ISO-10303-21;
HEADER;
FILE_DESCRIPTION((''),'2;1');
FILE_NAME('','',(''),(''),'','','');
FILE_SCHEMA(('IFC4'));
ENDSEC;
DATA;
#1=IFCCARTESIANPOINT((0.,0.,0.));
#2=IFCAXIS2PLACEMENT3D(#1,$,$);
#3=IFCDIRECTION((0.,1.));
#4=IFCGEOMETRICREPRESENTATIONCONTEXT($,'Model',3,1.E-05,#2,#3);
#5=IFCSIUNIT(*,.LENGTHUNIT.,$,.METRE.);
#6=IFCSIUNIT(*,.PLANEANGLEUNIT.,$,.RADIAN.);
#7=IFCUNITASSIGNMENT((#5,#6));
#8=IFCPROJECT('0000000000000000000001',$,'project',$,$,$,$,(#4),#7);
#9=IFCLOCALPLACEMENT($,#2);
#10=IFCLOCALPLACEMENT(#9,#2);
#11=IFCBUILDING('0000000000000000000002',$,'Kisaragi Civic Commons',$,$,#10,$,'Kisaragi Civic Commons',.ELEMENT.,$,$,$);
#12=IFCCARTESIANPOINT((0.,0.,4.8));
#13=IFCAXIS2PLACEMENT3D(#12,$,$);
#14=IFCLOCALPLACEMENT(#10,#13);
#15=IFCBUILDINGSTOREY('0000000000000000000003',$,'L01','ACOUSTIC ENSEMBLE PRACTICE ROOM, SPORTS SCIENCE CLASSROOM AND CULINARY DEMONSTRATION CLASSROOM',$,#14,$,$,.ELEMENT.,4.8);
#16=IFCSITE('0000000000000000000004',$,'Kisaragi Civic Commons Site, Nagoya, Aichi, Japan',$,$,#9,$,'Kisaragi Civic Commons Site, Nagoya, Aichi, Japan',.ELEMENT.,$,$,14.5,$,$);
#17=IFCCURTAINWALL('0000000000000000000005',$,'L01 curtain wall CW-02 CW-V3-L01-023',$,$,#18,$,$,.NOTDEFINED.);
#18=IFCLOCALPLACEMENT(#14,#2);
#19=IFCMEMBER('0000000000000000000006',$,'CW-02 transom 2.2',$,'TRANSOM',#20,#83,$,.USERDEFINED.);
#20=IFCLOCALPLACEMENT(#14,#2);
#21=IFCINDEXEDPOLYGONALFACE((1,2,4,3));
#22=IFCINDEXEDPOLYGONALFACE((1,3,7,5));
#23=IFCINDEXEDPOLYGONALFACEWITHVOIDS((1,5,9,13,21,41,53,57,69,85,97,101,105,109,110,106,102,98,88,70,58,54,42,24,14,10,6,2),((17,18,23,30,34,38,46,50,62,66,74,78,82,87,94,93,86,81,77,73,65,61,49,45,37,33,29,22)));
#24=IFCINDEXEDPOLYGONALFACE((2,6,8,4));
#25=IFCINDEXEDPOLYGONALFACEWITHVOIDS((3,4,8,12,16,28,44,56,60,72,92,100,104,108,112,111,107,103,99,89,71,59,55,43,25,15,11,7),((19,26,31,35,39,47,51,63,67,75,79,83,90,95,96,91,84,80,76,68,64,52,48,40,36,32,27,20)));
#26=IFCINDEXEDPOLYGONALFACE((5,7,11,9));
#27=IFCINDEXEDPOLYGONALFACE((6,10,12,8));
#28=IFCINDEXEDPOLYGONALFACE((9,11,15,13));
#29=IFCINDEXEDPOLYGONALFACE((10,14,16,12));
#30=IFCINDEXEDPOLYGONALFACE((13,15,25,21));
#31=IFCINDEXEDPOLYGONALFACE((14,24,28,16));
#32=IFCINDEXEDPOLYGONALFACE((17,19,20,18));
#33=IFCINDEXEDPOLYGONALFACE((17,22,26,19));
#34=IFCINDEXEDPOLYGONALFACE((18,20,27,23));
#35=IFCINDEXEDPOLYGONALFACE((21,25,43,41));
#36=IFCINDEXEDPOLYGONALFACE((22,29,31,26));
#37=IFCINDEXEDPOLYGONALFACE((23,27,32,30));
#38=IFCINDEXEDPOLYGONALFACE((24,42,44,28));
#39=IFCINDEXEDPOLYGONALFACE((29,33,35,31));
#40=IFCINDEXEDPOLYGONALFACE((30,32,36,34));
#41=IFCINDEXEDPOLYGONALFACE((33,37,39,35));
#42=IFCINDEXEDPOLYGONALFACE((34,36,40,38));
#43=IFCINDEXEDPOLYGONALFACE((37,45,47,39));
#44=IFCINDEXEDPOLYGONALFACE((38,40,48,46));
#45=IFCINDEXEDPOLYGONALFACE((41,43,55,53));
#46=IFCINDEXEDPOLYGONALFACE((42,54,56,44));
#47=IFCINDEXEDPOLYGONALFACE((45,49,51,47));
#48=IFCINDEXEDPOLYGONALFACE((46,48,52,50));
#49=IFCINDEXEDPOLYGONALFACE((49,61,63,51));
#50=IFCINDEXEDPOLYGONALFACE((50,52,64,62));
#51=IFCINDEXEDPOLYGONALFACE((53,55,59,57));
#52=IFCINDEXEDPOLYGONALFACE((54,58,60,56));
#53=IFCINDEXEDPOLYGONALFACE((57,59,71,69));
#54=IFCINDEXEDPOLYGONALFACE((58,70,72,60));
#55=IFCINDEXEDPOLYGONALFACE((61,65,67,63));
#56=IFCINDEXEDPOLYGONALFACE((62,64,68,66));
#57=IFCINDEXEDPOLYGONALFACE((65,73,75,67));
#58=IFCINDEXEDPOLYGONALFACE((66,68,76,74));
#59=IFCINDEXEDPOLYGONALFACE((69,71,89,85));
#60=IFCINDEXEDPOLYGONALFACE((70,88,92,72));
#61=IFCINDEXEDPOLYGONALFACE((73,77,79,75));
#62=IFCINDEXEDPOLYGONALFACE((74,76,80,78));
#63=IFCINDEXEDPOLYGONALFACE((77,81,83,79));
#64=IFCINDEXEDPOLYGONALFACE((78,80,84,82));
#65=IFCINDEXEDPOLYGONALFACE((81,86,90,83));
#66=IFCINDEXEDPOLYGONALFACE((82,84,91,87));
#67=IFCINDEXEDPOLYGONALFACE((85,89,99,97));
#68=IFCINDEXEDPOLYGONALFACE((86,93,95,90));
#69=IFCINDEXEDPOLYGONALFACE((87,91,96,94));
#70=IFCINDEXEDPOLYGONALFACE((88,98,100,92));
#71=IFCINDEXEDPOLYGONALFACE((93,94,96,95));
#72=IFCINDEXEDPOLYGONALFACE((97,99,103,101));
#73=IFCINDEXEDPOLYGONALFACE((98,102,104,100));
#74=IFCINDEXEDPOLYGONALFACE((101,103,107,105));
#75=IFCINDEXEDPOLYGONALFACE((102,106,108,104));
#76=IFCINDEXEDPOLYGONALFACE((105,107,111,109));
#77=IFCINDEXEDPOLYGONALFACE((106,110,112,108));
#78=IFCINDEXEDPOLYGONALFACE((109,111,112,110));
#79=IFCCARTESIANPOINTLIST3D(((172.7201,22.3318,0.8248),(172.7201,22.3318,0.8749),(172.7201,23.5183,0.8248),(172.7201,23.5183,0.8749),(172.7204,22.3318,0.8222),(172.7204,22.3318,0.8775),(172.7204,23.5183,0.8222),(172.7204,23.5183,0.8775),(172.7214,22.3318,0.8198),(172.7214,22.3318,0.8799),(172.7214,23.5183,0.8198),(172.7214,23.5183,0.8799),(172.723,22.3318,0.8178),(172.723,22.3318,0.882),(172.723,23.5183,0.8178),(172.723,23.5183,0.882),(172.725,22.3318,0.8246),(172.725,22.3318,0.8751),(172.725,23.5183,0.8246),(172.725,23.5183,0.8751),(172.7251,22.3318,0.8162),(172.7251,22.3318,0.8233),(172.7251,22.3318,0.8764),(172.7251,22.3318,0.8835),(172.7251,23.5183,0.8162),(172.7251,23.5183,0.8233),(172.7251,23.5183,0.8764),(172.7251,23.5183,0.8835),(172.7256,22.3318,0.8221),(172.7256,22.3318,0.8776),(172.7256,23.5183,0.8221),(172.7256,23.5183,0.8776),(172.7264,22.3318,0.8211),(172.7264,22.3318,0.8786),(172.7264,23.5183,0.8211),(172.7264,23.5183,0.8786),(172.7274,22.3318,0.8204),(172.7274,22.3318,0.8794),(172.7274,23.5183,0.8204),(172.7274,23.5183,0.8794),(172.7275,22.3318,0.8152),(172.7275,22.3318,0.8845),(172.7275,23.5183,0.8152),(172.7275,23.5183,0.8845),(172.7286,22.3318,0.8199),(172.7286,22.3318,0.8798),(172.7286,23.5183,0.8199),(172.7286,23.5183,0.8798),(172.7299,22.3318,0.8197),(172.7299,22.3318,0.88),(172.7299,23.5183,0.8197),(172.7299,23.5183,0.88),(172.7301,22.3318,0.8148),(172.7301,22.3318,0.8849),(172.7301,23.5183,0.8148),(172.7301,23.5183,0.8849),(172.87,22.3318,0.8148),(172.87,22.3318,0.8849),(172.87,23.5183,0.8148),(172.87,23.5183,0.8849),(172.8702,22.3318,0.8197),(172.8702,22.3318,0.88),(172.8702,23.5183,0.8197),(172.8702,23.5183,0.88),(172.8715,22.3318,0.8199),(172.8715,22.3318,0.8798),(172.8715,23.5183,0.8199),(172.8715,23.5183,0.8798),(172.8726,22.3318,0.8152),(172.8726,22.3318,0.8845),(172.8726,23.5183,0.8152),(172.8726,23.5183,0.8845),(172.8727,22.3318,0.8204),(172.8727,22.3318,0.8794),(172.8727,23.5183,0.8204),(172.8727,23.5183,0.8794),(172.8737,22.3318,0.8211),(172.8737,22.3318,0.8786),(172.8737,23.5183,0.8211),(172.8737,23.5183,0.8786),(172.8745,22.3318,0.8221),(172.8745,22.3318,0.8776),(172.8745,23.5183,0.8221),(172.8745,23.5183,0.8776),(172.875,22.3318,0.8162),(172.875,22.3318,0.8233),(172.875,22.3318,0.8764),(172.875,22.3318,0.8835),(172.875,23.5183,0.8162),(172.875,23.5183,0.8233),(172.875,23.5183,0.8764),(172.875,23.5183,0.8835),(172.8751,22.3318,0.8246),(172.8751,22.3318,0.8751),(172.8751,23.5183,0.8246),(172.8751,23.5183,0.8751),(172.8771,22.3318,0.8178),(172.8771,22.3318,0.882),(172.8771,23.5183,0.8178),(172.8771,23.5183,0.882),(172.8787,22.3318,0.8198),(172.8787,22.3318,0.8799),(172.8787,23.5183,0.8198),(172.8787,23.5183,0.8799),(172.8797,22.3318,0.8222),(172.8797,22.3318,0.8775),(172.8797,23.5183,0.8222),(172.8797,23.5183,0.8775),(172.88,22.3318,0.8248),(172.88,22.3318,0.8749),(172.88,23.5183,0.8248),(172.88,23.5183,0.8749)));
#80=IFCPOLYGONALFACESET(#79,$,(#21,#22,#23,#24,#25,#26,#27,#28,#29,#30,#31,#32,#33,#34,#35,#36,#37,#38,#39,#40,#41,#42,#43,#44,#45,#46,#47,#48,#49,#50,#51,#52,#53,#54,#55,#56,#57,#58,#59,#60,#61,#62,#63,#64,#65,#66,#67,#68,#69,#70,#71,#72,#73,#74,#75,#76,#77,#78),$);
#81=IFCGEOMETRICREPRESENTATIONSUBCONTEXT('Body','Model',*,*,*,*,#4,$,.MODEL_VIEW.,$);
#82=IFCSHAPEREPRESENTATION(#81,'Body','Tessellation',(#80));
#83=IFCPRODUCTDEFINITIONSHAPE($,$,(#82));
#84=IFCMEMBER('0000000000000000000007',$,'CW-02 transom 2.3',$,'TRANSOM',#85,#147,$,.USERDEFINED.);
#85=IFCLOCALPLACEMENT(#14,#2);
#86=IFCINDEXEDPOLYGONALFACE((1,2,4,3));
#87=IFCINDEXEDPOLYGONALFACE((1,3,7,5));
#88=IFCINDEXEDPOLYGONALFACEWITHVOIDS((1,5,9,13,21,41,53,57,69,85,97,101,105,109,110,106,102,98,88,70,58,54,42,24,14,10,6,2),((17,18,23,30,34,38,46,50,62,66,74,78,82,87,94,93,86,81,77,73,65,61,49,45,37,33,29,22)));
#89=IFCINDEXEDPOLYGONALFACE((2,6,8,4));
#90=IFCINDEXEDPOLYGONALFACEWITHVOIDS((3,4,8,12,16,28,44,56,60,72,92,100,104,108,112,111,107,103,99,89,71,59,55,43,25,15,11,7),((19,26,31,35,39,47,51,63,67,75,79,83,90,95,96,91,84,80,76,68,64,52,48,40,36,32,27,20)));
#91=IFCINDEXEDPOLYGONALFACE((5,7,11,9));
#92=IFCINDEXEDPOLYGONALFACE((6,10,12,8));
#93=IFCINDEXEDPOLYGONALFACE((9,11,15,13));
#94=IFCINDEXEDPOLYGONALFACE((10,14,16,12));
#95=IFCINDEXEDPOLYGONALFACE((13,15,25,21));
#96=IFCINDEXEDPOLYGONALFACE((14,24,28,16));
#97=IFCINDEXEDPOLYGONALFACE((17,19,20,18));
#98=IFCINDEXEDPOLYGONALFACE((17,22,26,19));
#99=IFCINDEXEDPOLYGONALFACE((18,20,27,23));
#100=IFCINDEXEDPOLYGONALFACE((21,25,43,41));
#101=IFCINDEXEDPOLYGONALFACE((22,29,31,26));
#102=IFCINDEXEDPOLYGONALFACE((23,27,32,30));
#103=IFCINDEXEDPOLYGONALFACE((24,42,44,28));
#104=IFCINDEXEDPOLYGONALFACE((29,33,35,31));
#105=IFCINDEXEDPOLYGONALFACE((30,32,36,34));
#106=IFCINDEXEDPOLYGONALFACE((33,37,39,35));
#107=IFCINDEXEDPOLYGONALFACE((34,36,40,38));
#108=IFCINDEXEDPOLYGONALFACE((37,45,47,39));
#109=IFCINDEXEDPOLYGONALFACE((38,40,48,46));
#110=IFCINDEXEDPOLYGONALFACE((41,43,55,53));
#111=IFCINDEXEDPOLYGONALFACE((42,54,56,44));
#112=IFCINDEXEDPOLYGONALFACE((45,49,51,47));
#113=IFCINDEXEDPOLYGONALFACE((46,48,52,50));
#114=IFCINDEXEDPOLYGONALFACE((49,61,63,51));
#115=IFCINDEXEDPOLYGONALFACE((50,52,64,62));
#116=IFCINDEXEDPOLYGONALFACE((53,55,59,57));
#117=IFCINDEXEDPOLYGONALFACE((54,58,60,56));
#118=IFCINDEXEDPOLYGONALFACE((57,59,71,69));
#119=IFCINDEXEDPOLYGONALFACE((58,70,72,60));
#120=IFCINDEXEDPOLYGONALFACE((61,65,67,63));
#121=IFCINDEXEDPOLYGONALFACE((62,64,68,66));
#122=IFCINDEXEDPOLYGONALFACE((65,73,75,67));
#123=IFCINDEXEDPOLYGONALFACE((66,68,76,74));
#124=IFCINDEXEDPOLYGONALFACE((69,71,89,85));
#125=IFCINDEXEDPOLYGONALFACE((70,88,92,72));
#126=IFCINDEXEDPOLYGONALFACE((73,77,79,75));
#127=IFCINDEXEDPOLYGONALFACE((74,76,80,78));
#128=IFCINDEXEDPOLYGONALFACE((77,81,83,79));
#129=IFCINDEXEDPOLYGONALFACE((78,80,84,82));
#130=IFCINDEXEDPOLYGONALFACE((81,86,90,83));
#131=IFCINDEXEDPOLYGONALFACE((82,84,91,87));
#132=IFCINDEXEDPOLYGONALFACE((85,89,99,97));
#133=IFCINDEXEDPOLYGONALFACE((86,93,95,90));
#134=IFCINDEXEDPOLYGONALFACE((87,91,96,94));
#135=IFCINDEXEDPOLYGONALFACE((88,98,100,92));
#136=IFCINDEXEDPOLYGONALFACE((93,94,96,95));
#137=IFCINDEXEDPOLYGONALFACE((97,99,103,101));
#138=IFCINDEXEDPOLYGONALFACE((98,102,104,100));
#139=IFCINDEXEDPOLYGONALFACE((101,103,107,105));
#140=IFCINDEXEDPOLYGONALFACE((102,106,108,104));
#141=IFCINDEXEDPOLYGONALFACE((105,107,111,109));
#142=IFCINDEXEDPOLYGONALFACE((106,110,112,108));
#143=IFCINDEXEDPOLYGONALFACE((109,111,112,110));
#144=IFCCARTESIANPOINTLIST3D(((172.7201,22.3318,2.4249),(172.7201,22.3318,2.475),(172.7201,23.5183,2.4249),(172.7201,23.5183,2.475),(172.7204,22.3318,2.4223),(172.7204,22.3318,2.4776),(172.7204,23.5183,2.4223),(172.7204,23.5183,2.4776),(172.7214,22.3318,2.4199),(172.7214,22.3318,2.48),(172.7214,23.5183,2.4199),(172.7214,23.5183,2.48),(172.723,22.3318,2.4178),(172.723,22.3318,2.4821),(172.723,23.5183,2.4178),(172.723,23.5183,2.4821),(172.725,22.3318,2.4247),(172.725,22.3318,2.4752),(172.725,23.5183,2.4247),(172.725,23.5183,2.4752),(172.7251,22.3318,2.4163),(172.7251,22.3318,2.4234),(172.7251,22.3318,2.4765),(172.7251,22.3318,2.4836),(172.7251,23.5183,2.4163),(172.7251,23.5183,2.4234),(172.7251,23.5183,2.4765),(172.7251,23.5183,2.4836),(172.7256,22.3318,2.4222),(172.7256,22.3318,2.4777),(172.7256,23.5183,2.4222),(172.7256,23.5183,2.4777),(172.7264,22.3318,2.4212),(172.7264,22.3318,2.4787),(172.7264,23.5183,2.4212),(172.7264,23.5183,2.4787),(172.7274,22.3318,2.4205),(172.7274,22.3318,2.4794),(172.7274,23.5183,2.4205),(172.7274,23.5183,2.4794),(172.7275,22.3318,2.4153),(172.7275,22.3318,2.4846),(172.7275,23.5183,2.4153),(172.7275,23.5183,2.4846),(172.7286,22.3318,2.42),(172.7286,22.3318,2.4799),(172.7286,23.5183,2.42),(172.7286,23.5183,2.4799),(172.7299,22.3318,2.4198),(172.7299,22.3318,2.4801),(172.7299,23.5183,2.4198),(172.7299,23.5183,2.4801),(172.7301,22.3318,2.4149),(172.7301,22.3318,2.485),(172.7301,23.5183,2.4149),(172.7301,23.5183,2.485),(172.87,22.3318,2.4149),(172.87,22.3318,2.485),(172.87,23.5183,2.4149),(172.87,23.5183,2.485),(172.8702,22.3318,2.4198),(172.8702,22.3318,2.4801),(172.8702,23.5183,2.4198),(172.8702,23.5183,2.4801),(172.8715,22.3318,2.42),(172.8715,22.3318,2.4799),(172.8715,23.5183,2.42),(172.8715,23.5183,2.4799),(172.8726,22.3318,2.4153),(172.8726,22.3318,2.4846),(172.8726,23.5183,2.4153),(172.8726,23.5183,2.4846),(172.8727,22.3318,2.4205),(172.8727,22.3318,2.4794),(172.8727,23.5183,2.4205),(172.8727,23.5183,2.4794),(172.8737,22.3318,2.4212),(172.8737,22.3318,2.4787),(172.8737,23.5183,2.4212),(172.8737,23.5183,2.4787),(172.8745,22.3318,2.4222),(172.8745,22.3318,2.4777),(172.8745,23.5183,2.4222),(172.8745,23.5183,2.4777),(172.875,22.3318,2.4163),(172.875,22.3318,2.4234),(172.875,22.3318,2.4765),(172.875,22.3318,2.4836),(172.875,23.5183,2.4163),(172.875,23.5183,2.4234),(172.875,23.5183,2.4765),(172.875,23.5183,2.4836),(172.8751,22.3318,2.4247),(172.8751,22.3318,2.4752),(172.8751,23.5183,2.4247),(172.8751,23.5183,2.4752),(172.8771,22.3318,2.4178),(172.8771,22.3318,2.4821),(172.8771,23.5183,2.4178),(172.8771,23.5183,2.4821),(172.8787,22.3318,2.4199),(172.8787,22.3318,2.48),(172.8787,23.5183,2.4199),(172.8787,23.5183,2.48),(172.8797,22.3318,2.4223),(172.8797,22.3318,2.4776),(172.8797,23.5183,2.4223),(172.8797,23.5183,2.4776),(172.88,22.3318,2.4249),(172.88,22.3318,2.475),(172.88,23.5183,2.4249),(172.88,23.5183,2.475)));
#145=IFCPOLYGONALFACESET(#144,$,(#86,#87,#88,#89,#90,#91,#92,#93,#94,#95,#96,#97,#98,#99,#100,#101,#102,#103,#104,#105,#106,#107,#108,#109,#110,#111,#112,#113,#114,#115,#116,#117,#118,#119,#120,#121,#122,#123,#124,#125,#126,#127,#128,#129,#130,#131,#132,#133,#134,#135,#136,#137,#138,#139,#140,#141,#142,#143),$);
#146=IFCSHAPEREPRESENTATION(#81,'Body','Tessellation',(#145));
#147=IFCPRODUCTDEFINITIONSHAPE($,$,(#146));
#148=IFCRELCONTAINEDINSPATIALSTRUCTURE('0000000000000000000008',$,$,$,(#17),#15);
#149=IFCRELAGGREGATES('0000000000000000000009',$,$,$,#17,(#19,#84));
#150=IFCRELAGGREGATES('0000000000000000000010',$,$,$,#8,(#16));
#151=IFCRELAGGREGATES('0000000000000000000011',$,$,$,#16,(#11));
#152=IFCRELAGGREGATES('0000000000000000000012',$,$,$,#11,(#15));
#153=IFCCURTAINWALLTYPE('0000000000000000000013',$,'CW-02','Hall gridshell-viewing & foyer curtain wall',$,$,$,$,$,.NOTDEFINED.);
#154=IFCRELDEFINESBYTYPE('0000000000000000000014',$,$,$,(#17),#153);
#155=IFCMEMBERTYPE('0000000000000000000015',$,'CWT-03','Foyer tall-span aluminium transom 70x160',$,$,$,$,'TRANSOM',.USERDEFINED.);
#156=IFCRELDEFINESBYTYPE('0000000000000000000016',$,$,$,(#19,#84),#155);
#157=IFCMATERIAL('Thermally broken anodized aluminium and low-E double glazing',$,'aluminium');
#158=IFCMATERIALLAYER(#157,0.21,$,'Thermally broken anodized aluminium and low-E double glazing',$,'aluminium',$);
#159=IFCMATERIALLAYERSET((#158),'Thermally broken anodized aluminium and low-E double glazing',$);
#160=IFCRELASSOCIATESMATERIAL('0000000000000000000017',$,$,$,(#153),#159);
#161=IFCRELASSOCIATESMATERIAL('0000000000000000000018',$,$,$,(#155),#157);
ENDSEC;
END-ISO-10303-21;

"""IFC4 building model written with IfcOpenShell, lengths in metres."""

from ifc_helpers import new_model, si_unit, direction, frame, origin, origin_2d, place, context, subcontext, project, spatial, hollow_rectangle, extrude, material, layer, layer_set, material_profile, profile_set, type_object, element, aggregate, save


model = new_model("IFC4")

# Units and contexts
model_context = context("Model", 3, precision=1e-05, world=origin(), true_north=direction((0.0, 1.0)))
body_context = subcontext(model_context, "Body", "Model", "MODEL_VIEW")
ifc_project = project(units=[si_unit("LENGTHUNIT", "METRE"), si_unit("PLANEANGLEUNIT", "RADIAN")], contexts=[model_context])

# Site, building, storey
site_placement = place(None, origin())
site = spatial("IfcSite", under=ifc_project, at=site_placement, Name="Kisaragi Civic Commons Site, Nagoya, Aichi, Japan", LongName="Kisaragi Civic Commons Site, Nagoya, Aichi, Japan", CompositionType="ELEMENT", RefElevation=14.5)
building_placement = place(site_placement, origin())
building = spatial("IfcBuilding", under=site, at=building_placement, Name="Kisaragi Civic Commons", LongName="Kisaragi Civic Commons", CompositionType="ELEMENT")
storey_placement = place(building_placement, frame((0.0, 0.0, 4.8)))
storey = spatial("IfcBuildingStorey", under=building, at=storey_placement, Name="L01", Description="ACOUSTIC ENSEMBLE PRACTICE ROOM, SPORTS SCIENCE CLASSROOM AND CULINARY DEMONSTRATION CLASSROOM", CompositionType="ELEMENT", Elevation=4.8)

# Curtain wall, members
ifc_material_1 = material(Name="Thermally broken anodized aluminium and low-E double glazing", Category="aluminium")
ifc_layer_1 = layer(ifc_material_1, 0.21, Name="Thermally broken anodized aluminium and low-E double glazing", Category="aluminium")
ifc_layer_set_1 = layer_set([ifc_layer_1], Name="Thermally broken anodized aluminium and low-E double glazing")
curtain_wall_type = type_object("IfcCurtainWallType", Name="CW-02", Description="Hall gridshell-viewing & foyer curtain wall", PredefinedType="NOTDEFINED", material=ifc_layer_set_1)
curtain_wall_placement = place(storey_placement, origin())
curtain_wall = element("IfcCurtainWall", 1, at=curtain_wall_placement, inside=storey, type_object=curtain_wall_type, Name="L01 curtain wall CW-02 CW-V3-L01-023", PredefinedType="NOTDEFINED")
ifc_material_profile_1 = material_profile(ifc_material_1, hollow_rectangle(XDim=0.1599, YDim=0.0701, WallThickness=0.0049, InnerFilletRadius=0.0049, OuterFilletRadius=0.01, at=origin_2d()), Name="CWT-70x160x5", Category="aluminium")
ifc_profile_set_1 = profile_set([ifc_material_profile_1], Name="Thermally broken anodized aluminium and low-E double glazing")
member_type_1 = type_object("IfcMemberType", Name="CWT-03", Description="Foyer tall-span aluminium transom 70x160", ElementType="TRANSOM", PredefinedType="USERDEFINED", material=ifc_profile_set_1)
member_1_placement = place(storey_placement, frame((172.8, 23.5183, 0.8499), z_axis=(0.0, -1.0, 0.0), x_axis=(1.0, 0.0, 0.0)))
member_1 = element("IfcMember", 2, at=member_1_placement, type_object=member_type_1, Name="CW-02 transom 2.2", ObjectType="TRANSOM", PredefinedType="USERDEFINED", context=body_context, shape_type="SweptSolid", body=[
    extrude(hollow_rectangle(XDim=0.1599, YDim=0.0701, WallThickness=0.0049, InnerFilletRadius=0.0049, OuterFilletRadius=0.01, at=origin_2d()), origin(), (0.0, 0.0, 1.0), 1.1865),
])
member_2_placement = place(storey_placement, frame((172.8, 23.5183, 2.45), z_axis=(0.0, -1.0, 0.0), x_axis=(1.0, 0.0, 0.0)))
member_2 = element("IfcMember", 3, at=member_2_placement, type_object=member_type_1, Name="CW-02 transom 2.3", ObjectType="TRANSOM", PredefinedType="USERDEFINED", context=body_context, shape_type="SweptSolid", body=[
    extrude(hollow_rectangle(XDim=0.1599, YDim=0.0701, WallThickness=0.0049, InnerFilletRadius=0.0049, OuterFilletRadius=0.01, at=origin_2d()), origin(), (0.0, 0.0, 1.0), 1.1865),
])
aggregate(curtain_wall, [member_1, member_2])

save(model, "model.ifc")
